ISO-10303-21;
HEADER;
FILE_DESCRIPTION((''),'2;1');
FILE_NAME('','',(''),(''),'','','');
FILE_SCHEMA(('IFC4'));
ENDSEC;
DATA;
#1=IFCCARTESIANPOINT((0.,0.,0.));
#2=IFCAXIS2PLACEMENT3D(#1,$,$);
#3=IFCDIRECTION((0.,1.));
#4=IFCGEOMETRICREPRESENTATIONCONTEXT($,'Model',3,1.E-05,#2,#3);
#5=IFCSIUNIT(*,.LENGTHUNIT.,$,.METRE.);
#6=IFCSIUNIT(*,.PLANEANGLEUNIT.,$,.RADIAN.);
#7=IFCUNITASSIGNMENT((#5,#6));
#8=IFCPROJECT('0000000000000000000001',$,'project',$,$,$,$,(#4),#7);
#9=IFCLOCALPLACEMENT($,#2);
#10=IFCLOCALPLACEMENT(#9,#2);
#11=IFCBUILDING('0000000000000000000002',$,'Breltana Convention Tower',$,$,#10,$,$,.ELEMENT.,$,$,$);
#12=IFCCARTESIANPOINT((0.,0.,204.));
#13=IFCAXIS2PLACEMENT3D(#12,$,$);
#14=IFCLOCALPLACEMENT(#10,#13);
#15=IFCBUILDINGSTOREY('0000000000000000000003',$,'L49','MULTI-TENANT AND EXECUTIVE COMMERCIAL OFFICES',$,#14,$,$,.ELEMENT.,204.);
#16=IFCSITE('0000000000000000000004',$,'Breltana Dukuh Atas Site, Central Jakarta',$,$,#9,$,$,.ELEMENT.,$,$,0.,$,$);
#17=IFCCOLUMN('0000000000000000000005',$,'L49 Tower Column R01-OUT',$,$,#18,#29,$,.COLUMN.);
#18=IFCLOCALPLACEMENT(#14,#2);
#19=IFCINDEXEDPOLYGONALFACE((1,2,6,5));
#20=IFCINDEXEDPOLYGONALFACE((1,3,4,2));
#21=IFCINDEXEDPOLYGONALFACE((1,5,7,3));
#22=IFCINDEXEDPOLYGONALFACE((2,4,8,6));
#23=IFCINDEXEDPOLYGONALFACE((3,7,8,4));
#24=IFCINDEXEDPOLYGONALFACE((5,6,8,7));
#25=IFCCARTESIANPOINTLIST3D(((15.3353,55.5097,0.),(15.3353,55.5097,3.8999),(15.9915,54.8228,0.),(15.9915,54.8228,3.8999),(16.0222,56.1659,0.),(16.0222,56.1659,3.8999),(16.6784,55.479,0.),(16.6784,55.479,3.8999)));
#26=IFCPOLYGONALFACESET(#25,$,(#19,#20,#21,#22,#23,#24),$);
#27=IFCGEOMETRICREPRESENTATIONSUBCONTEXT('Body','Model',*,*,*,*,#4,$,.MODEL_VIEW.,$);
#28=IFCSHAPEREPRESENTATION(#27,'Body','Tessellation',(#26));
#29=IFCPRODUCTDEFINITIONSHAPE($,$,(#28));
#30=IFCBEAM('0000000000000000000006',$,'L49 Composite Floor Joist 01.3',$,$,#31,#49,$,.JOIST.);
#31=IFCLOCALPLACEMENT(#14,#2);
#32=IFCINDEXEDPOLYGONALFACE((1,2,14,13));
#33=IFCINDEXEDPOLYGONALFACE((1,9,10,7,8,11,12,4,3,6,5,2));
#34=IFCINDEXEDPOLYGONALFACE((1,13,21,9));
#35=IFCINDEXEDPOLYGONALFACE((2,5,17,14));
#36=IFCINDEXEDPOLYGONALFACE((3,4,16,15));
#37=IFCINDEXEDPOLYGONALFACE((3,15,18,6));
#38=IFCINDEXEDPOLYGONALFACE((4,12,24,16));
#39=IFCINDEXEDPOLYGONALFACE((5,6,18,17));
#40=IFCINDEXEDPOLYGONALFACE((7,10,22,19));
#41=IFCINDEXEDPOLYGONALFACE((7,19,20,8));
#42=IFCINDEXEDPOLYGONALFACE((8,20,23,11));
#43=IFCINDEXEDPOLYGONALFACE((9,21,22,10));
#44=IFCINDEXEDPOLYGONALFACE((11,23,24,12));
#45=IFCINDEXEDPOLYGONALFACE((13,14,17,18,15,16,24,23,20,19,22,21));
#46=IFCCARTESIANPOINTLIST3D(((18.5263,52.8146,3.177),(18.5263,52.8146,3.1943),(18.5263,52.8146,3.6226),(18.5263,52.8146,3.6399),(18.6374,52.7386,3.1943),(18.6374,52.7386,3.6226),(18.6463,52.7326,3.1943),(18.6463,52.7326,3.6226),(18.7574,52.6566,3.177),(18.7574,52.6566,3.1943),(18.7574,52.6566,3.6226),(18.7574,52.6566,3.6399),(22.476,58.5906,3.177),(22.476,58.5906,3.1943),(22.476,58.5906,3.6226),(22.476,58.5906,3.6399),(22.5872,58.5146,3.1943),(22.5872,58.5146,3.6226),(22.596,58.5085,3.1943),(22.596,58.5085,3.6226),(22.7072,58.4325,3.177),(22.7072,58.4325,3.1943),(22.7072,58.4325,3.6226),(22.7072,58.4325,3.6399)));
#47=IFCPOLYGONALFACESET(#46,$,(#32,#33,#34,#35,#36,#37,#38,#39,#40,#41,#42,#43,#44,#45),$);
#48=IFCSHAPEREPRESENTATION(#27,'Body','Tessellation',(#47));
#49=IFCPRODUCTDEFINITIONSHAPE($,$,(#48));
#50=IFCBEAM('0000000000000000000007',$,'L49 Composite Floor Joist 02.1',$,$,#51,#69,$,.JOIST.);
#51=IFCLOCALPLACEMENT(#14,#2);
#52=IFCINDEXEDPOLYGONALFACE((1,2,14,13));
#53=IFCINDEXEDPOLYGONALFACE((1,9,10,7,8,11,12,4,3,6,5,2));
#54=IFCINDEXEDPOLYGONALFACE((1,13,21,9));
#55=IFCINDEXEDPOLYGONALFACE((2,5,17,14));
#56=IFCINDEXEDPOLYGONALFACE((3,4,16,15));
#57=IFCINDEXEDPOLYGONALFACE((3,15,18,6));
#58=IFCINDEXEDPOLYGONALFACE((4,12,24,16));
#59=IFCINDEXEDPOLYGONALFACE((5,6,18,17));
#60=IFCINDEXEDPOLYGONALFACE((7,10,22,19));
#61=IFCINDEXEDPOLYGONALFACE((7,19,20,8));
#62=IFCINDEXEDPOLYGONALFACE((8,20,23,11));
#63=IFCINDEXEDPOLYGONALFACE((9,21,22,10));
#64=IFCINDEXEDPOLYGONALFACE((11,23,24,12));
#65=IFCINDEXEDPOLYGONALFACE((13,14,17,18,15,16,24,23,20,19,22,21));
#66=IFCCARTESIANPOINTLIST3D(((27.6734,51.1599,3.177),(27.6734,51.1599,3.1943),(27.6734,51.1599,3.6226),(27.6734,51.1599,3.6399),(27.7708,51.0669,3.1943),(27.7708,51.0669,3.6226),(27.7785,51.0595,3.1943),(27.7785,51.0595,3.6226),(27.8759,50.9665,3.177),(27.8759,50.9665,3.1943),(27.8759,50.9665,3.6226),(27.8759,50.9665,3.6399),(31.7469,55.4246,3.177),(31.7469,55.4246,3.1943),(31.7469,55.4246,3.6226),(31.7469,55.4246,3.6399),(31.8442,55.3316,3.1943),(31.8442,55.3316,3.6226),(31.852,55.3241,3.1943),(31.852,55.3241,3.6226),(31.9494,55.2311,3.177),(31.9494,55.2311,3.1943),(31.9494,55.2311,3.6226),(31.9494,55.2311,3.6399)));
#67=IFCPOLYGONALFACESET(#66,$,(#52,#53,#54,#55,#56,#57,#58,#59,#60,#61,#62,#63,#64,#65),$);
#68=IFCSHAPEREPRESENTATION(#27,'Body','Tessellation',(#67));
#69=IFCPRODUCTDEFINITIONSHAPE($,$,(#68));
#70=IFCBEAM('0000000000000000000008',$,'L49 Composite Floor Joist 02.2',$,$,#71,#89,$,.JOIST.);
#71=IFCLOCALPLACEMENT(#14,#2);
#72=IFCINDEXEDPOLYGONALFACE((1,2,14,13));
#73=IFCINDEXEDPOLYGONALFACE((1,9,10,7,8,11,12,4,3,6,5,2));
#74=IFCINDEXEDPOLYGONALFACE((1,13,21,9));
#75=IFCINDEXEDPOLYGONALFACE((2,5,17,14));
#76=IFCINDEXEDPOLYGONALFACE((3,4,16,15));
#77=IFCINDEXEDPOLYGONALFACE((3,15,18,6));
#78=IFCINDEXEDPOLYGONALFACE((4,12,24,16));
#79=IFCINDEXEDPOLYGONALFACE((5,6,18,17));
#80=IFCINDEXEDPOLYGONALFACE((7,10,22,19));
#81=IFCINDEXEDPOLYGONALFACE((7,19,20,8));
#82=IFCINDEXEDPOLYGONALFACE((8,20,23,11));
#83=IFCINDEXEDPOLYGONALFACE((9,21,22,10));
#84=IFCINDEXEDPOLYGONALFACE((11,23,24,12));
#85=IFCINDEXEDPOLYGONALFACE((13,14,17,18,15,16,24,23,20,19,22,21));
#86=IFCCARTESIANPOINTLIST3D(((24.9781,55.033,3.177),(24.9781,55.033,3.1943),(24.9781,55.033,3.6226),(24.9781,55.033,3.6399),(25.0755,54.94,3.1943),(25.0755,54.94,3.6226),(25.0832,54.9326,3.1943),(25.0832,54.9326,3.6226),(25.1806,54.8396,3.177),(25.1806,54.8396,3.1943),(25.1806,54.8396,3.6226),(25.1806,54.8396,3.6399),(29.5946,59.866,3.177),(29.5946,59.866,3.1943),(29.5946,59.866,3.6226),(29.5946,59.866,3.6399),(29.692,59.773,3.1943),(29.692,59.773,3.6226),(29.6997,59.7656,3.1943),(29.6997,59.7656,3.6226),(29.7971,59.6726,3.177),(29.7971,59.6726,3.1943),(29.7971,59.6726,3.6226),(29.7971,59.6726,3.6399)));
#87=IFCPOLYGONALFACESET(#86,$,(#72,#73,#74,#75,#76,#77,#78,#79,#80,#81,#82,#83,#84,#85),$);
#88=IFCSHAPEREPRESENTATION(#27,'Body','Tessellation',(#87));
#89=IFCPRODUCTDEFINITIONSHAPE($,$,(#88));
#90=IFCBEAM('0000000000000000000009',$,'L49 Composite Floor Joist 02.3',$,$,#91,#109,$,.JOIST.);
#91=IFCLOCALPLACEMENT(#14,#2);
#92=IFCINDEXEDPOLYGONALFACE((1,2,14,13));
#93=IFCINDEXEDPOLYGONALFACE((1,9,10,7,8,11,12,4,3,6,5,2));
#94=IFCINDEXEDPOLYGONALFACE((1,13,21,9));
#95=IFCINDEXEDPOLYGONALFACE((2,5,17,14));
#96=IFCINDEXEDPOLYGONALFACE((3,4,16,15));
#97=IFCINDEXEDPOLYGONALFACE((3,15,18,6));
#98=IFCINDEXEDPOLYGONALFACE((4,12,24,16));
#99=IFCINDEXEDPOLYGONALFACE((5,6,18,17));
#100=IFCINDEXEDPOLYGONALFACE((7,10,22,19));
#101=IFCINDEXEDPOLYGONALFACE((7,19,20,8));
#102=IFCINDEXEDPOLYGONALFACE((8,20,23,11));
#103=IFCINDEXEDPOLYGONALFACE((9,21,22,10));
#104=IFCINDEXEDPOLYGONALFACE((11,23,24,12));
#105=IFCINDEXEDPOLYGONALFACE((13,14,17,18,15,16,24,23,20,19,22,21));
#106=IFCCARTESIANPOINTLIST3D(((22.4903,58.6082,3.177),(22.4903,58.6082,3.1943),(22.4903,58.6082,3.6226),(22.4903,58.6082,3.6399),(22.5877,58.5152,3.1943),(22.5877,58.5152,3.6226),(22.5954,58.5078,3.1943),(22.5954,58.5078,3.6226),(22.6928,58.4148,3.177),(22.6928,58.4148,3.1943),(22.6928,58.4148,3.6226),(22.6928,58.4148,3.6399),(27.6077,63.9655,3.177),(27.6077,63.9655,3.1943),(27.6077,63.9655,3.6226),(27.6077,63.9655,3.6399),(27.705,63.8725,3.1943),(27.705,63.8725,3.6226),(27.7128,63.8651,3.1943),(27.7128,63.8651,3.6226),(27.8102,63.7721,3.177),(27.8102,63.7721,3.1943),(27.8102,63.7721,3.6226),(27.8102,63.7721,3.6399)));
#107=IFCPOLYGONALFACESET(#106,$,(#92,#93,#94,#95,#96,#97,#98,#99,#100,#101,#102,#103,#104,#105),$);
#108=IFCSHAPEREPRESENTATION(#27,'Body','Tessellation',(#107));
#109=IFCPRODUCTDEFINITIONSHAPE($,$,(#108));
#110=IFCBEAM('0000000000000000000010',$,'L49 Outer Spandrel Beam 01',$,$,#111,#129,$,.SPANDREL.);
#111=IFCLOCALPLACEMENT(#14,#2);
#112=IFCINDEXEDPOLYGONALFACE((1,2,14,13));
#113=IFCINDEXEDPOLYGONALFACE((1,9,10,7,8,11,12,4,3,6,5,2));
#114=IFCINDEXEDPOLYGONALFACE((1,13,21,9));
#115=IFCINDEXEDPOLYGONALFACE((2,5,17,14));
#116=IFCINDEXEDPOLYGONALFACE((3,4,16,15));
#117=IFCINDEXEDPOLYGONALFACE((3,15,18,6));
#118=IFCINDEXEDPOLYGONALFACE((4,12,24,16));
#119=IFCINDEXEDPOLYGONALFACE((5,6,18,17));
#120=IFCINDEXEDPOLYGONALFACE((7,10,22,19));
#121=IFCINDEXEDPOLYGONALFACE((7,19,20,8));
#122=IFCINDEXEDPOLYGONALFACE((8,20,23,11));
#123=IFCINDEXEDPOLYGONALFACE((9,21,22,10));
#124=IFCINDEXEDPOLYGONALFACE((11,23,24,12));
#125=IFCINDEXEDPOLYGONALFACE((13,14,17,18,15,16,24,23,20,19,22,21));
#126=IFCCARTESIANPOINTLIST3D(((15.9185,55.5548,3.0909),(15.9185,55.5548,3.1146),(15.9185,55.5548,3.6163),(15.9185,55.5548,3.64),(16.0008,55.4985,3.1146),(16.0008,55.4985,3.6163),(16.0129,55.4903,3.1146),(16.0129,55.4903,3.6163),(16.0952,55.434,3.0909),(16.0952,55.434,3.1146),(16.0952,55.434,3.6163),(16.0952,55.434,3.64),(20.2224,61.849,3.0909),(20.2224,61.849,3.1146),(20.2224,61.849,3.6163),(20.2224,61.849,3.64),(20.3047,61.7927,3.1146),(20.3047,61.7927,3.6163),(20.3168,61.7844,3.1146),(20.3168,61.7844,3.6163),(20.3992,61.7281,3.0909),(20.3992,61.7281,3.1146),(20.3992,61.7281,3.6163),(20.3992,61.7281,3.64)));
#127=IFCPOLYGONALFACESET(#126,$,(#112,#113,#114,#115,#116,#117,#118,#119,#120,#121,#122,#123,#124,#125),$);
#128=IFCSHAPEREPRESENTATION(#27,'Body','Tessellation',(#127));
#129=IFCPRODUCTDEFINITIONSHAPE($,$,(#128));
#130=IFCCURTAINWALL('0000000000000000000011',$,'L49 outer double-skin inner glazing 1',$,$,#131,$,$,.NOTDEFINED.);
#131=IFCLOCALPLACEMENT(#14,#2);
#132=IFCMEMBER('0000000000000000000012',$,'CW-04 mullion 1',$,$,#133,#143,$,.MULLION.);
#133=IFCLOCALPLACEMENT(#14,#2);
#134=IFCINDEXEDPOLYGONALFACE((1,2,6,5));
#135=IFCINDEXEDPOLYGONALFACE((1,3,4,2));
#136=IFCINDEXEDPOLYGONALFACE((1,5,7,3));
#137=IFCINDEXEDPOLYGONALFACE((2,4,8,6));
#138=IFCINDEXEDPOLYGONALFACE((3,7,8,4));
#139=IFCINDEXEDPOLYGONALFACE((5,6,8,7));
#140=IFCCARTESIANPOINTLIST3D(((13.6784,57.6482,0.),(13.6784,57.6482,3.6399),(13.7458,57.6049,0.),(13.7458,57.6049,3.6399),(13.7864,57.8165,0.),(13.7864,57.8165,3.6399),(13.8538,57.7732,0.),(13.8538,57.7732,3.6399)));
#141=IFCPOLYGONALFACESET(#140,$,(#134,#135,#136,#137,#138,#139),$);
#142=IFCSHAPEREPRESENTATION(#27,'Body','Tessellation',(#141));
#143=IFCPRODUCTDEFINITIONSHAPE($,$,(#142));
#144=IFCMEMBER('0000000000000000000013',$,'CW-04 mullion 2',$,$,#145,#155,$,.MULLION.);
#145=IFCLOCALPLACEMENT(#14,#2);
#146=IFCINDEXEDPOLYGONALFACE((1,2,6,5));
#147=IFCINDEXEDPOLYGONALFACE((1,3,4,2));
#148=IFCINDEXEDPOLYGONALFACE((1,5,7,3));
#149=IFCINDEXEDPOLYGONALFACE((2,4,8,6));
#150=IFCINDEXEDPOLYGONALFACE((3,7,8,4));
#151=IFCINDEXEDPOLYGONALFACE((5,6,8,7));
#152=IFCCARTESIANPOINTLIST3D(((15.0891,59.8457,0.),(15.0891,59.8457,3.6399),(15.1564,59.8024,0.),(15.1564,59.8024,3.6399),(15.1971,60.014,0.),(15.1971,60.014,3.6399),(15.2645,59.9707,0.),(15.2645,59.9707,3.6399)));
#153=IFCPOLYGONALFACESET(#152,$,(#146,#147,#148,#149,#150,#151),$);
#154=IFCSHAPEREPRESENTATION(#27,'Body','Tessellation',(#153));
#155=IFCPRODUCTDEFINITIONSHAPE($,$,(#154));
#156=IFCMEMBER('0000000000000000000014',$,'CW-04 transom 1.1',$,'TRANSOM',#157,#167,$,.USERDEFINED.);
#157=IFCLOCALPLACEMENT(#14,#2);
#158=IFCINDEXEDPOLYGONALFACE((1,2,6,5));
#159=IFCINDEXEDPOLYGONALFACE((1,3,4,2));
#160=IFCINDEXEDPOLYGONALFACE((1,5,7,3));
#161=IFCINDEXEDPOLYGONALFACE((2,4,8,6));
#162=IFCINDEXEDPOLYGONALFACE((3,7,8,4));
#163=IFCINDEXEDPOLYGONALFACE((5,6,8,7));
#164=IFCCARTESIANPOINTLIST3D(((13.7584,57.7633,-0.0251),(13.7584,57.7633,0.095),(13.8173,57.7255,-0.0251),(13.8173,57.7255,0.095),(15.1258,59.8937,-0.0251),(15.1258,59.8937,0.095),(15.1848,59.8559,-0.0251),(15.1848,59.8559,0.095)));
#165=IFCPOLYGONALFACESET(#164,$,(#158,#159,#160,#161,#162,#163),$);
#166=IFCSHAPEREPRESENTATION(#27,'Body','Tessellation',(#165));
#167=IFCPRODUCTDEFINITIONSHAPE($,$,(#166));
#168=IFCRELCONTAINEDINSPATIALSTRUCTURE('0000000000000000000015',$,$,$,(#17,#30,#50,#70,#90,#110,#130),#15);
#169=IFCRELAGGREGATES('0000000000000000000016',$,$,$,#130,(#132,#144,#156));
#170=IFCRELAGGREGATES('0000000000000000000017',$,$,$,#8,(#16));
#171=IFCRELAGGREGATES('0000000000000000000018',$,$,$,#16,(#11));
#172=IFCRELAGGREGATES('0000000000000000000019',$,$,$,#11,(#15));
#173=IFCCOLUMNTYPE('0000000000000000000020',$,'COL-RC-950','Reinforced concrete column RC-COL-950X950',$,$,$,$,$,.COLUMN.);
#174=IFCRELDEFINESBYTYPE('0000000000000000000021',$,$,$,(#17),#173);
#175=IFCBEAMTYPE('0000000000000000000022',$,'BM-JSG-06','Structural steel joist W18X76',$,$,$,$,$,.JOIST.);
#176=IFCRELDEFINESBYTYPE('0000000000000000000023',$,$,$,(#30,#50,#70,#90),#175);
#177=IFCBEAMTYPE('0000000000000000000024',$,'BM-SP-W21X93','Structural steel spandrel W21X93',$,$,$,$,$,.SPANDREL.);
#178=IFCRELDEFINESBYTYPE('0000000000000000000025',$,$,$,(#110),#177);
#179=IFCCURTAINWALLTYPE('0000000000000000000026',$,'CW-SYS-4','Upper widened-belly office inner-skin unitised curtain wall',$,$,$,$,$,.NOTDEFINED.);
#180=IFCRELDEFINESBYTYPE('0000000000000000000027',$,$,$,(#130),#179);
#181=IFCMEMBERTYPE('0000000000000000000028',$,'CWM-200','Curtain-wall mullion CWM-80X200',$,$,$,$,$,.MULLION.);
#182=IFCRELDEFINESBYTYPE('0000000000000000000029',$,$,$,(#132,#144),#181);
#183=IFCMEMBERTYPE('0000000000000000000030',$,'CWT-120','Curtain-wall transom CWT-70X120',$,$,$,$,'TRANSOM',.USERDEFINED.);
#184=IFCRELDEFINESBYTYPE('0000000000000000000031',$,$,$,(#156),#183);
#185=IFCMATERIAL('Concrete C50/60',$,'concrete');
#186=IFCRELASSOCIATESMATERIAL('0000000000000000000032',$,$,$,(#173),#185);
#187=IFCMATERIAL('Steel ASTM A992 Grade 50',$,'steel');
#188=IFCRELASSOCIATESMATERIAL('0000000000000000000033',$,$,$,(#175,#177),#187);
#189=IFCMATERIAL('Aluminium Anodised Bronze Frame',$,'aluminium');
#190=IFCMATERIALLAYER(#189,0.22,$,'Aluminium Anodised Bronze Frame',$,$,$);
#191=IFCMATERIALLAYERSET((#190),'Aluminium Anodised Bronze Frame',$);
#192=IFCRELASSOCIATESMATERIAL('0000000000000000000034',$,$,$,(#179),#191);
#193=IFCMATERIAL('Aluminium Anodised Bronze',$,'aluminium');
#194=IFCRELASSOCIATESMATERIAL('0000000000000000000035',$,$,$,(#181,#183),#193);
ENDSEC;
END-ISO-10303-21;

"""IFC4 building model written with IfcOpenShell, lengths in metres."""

from ifc_helpers import new_model, si_unit, direction, frame, origin, origin_2d, place, context, subcontext, project, spatial, rectangle, i_section, extrude, source, transform, mapped, material, layer, layer_set, material_profile, profile_set, type_object, type_shapes, element, aggregate, save


model = new_model("IFC4")

# Units and contexts
model_context = context("Model", 3, precision=1e-05, world=origin(), true_north=direction((0.0, 1.0)))
body_context = subcontext(model_context, "Body", "Model", "MODEL_VIEW")
ifc_project = project(units=[si_unit("LENGTHUNIT", "METRE"), si_unit("PLANEANGLEUNIT", "RADIAN")], contexts=[model_context])

# Site, building, storey
site_placement = place(None, origin())
site = spatial("IfcSite", under=ifc_project, at=site_placement, Name="Breltana Dukuh Atas Site, Central Jakarta", CompositionType="ELEMENT", RefElevation=0.0)
building_placement = place(site_placement, origin())
building = spatial("IfcBuilding", under=site, at=building_placement, Name="Breltana Convention Tower", CompositionType="ELEMENT")
storey_placement = place(building_placement, frame((0.0, 0.0, 204.0)))
storey = spatial("IfcBuildingStorey", under=building, at=storey_placement, Name="L49", Description="MULTI-TENANT AND EXECUTIVE COMMERCIAL OFFICES", CompositionType="ELEMENT", Elevation=204.0)

# Column
ifc_material_1 = material(Name="Concrete C50/60", Category="concrete")
ifc_material_profile_1 = material_profile(ifc_material_1, rectangle(XDim=0.95, YDim=0.95, at=origin_2d()), Name="RC-COL-950X950")
ifc_profile_set_1 = profile_set([ifc_material_profile_1], Name="Concrete C50/60")
column_type = type_object("IfcColumnType", Name="COL-RC-950", Description="Reinforced concrete column RC-COL-950X950", PredefinedType="COLUMN", material=ifc_profile_set_1)
shared_shape_1 = source(origin(), body_context, "Body", "SweptSolid", [
    extrude(rectangle(XDim=0.95, YDim=0.95, at=origin_2d()), origin(), (0.0, 0.0, 1.0), 3.8999),
])
column_placement = place(storey_placement, frame((16.0068, 55.4944, 0.0), z_axis=(0.0, 0.0, 1.0), x_axis=(-0.690756, 0.723088, 0.0)))
element("IfcColumn", 1, at=column_placement, inside=storey, type_object=column_type, Name="L49 Tower Column R01-OUT", PredefinedType="COLUMN", context=body_context, shape_type="MappedRepresentation", body=[
    mapped(shared_shape_1, transform((0.0, 0.0, 0.0), scale=1.0)),
])

# Beams
ifc_material_2 = material(Name="Steel ASTM A992 Grade 50", Category="steel")
ifc_material_profile_2 = material_profile(ifc_material_2, i_section(OverallWidth=0.28, OverallDepth=0.4629, WebThickness=0.0107, FlangeThickness=0.0173, at=origin_2d()), Name="W18X76")
ifc_profile_set_2 = profile_set([ifc_material_profile_2], Name="Steel ASTM A992 Grade 50")
beam_type_1 = type_object("IfcBeamType", Name="BM-JSG-06", Description="Structural steel joist W18X76", PredefinedType="JOIST", material=ifc_profile_set_2)
shared_shape_2 = source(origin(), body_context, "Body", "SweptSolid", [
    extrude(i_section(OverallWidth=0.28, OverallDepth=0.4629, WebThickness=0.0107, FlangeThickness=0.0173, at=origin_2d()), origin(), (0.0, 0.0, 1.0), 6.9973),
])
beam_1_placement = place(storey_placement, frame((18.6418, 52.7356, 3.4084), z_axis=(0.564469, 0.825454, 0.0), x_axis=(-0.825454, 0.564469, 0.0)))
element("IfcBeam", 2, at=beam_1_placement, inside=storey, type_object=beam_type_1, Name="L49 Composite Floor Joist 01.3", PredefinedType="JOIST", context=body_context, shape_type="MappedRepresentation", body=[
    mapped(shared_shape_2, transform((0.0, 0.0, 0.0), scale=1.0)),
])
shared_shape_3 = source(origin(), body_context, "Body", "SweptSolid", [
    extrude(i_section(OverallWidth=0.28, OverallDepth=0.4629, WebThickness=0.0107, FlangeThickness=0.0173, at=origin_2d()), origin(), (0.0, 0.0, 1.0), 5.8975),
])
beam_2_placement = place(storey_placement, frame((27.7747, 51.0632, 3.4084), z_axis=(0.690714, 0.723128, 0.0), x_axis=(-0.723128, 0.690714, 0.0)))
element("IfcBeam", 3, at=beam_2_placement, inside=storey, type_object=beam_type_1, Name="L49 Composite Floor Joist 02.1", PredefinedType="JOIST", context=body_context, shape_type="MappedRepresentation", body=[
    mapped(shared_shape_3, transform((0.0, 0.0, 0.0), scale=1.0)),
])
shared_shape_4 = source(origin(), body_context, "Body", "SweptSolid", [
    extrude(i_section(OverallWidth=0.28, OverallDepth=0.4629, WebThickness=0.0107, FlangeThickness=0.0173, at=origin_2d()), origin(), (0.0, 0.0, 1.0), 6.6836),
])
beam_3_placement = place(storey_placement, frame((25.0793, 54.9363, 3.4084), z_axis=(0.690721, 0.723122, 0.0), x_axis=(-0.723122, 0.690721, 0.0)))
element("IfcBeam", 4, at=beam_3_placement, inside=storey, type_object=beam_type_1, Name="L49 Composite Floor Joist 02.2", PredefinedType="JOIST", context=body_context, shape_type="MappedRepresentation", body=[
    mapped(shared_shape_4, transform((0.0, 0.0, 0.0), scale=1.0)),
])
shared_shape_5 = source(origin(), body_context, "Body", "SweptSolid", [
    extrude(i_section(OverallWidth=0.28, OverallDepth=0.4629, WebThickness=0.0107, FlangeThickness=0.0173, at=origin_2d()), origin(), (0.0, 0.0, 1.0), 7.4087),
])
beam_4_placement = place(storey_placement, frame((22.5916, 58.5115, 3.4084), z_axis=(0.690725, 0.723118, 0.0), x_axis=(-0.723118, 0.690725, 0.0)))
element("IfcBeam", 5, at=beam_4_placement, inside=storey, type_object=beam_type_1, Name="L49 Composite Floor Joist 02.3", PredefinedType="JOIST", context=body_context, shape_type="MappedRepresentation", body=[
    mapped(shared_shape_5, transform((0.0, 0.0, 0.0), scale=1.0)),
])
ifc_material_profile_3 = material_profile(ifc_material_2, i_section(OverallWidth=0.2141, OverallDepth=0.5491, WebThickness=0.0146, FlangeThickness=0.0237, at=origin_2d()), Name="W21X93")
ifc_profile_set_3 = profile_set([ifc_material_profile_3], Name="Steel ASTM A992 Grade 50")
beam_type_2 = type_object("IfcBeamType", Name="BM-SP-W21X93", Description="Structural steel spandrel W21X93", PredefinedType="SPANDREL", material=ifc_profile_set_3)
shared_shape_6 = source(origin(), body_context, "Body", "SweptSolid", [
    extrude(i_section(OverallWidth=0.2141, OverallDepth=0.5491, WebThickness=0.0146, FlangeThickness=0.0237, at=origin_2d()), origin(), (0.0, 0.0, 1.0), 7.625),
])
type_shapes(beam_type_2, [shared_shape_6])
beam_5_placement = place(storey_placement, frame((16.0068, 55.4944, 3.3655), z_axis=(0.564452, 0.825466, 0.0), x_axis=(-0.825466, 0.564452, 0.0)))
element("IfcBeam", 6, at=beam_5_placement, inside=storey, type_object=beam_type_2, Name="L49 Outer Spandrel Beam 01", PredefinedType="SPANDREL", context=body_context, shape_type="MappedRepresentation", body=[
    mapped(shared_shape_6, transform((0.0, 0.0, 0.0), scale=1.0)),
])

# Curtain wall, members
ifc_material_3 = material(Name="Aluminium Anodised Bronze Frame", Category="aluminium")
ifc_layer_1 = layer(ifc_material_3, 0.22, Name="Aluminium Anodised Bronze Frame")
ifc_layer_set_1 = layer_set([ifc_layer_1], Name="Aluminium Anodised Bronze Frame")
curtain_wall_type = type_object("IfcCurtainWallType", Name="CW-SYS-4", Description="Upper widened-belly office inner-skin unitised curtain wall", PredefinedType="NOTDEFINED", material=ifc_layer_set_1)
curtain_wall_placement = place(storey_placement, origin())
curtain_wall = element("IfcCurtainWall", 7, at=curtain_wall_placement, inside=storey, type_object=curtain_wall_type, Name="L49 outer double-skin inner glazing 1", PredefinedType="NOTDEFINED")
ifc_material_4 = material(Name="Aluminium Anodised Bronze", Category="aluminium")
ifc_material_profile_4 = material_profile(ifc_material_4, rectangle(XDim=0.0801, YDim=0.2, at=origin_2d()), Name="CWM-80X200")
ifc_profile_set_4 = profile_set([ifc_material_profile_4], Name="Aluminium Anodised Bronze")
member_type_1 = type_object("IfcMemberType", Name="CWM-200", Description="Curtain-wall mullion CWM-80X200", PredefinedType="MULLION", material=ifc_profile_set_4)
shared_shape_7 = source(origin(), body_context, "Body", "SweptSolid", [
    extrude(rectangle(XDim=0.0801, YDim=0.2, at=origin_2d()), origin(), (0.0, 0.0, 1.0), 3.6399),
])
member_1_placement = place(storey_placement, frame((13.7661, 57.7107, 0.0), z_axis=(0.0, 0.0, 1.0), x_axis=(-0.841548, 0.540182, 0.0)))
member_1 = element("IfcMember", 8, at=member_1_placement, type_object=member_type_1, Name="CW-04 mullion 1", PredefinedType="MULLION", context=body_context, shape_type="MappedRepresentation", body=[
    mapped(shared_shape_7, transform((0.0, 0.0, 0.0), scale=1.0)),
])
member_2_placement = place(storey_placement, frame((15.1768, 59.9082, 0.0), z_axis=(0.0, 0.0, 1.0), x_axis=(-0.841548, 0.540182, 0.0)))
member_2 = element("IfcMember", 9, at=member_2_placement, type_object=member_type_1, Name="CW-04 mullion 2", PredefinedType="MULLION", context=body_context, shape_type="MappedRepresentation", body=[
    mapped(shared_shape_7, transform((0.0, 0.0, 0.0), scale=1.0)),
])
ifc_material_profile_5 = material_profile(ifc_material_4, rectangle(XDim=0.0701, YDim=0.1201, at=origin_2d()), Name="CWT-70X120")
ifc_profile_set_5 = profile_set([ifc_material_profile_5], Name="Aluminium Anodised Bronze")
member_type_2 = type_object("IfcMemberType", Name="CWT-120", Description="Curtain-wall transom CWT-70X120", ElementType="TRANSOM", PredefinedType="USERDEFINED", material=ifc_profile_set_5)
shared_shape_8 = source(origin(), body_context, "Body", "SweptSolid", [
    extrude(rectangle(XDim=0.0701, YDim=0.1201, at=origin_2d()), origin(), (0.0, 0.0, 1.0), 2.5315),
])
member_3_placement = place(storey_placement, frame((13.7878, 57.7444, 0.0349), z_axis=(0.540173, 0.841554, 0.0), x_axis=(-0.841554, 0.540173, 0.0)))
member_3 = element("IfcMember", 10, at=member_3_placement, type_object=member_type_2, Name="CW-04 transom 1.1", ObjectType="TRANSOM", PredefinedType="USERDEFINED", context=body_context, shape_type="MappedRepresentation", body=[
    mapped(shared_shape_8, transform((0.0, 0.0, 0.0), scale=1.0)),
])
aggregate(curtain_wall, [member_1, member_2, member_3])

save(model, "model.ifc")
